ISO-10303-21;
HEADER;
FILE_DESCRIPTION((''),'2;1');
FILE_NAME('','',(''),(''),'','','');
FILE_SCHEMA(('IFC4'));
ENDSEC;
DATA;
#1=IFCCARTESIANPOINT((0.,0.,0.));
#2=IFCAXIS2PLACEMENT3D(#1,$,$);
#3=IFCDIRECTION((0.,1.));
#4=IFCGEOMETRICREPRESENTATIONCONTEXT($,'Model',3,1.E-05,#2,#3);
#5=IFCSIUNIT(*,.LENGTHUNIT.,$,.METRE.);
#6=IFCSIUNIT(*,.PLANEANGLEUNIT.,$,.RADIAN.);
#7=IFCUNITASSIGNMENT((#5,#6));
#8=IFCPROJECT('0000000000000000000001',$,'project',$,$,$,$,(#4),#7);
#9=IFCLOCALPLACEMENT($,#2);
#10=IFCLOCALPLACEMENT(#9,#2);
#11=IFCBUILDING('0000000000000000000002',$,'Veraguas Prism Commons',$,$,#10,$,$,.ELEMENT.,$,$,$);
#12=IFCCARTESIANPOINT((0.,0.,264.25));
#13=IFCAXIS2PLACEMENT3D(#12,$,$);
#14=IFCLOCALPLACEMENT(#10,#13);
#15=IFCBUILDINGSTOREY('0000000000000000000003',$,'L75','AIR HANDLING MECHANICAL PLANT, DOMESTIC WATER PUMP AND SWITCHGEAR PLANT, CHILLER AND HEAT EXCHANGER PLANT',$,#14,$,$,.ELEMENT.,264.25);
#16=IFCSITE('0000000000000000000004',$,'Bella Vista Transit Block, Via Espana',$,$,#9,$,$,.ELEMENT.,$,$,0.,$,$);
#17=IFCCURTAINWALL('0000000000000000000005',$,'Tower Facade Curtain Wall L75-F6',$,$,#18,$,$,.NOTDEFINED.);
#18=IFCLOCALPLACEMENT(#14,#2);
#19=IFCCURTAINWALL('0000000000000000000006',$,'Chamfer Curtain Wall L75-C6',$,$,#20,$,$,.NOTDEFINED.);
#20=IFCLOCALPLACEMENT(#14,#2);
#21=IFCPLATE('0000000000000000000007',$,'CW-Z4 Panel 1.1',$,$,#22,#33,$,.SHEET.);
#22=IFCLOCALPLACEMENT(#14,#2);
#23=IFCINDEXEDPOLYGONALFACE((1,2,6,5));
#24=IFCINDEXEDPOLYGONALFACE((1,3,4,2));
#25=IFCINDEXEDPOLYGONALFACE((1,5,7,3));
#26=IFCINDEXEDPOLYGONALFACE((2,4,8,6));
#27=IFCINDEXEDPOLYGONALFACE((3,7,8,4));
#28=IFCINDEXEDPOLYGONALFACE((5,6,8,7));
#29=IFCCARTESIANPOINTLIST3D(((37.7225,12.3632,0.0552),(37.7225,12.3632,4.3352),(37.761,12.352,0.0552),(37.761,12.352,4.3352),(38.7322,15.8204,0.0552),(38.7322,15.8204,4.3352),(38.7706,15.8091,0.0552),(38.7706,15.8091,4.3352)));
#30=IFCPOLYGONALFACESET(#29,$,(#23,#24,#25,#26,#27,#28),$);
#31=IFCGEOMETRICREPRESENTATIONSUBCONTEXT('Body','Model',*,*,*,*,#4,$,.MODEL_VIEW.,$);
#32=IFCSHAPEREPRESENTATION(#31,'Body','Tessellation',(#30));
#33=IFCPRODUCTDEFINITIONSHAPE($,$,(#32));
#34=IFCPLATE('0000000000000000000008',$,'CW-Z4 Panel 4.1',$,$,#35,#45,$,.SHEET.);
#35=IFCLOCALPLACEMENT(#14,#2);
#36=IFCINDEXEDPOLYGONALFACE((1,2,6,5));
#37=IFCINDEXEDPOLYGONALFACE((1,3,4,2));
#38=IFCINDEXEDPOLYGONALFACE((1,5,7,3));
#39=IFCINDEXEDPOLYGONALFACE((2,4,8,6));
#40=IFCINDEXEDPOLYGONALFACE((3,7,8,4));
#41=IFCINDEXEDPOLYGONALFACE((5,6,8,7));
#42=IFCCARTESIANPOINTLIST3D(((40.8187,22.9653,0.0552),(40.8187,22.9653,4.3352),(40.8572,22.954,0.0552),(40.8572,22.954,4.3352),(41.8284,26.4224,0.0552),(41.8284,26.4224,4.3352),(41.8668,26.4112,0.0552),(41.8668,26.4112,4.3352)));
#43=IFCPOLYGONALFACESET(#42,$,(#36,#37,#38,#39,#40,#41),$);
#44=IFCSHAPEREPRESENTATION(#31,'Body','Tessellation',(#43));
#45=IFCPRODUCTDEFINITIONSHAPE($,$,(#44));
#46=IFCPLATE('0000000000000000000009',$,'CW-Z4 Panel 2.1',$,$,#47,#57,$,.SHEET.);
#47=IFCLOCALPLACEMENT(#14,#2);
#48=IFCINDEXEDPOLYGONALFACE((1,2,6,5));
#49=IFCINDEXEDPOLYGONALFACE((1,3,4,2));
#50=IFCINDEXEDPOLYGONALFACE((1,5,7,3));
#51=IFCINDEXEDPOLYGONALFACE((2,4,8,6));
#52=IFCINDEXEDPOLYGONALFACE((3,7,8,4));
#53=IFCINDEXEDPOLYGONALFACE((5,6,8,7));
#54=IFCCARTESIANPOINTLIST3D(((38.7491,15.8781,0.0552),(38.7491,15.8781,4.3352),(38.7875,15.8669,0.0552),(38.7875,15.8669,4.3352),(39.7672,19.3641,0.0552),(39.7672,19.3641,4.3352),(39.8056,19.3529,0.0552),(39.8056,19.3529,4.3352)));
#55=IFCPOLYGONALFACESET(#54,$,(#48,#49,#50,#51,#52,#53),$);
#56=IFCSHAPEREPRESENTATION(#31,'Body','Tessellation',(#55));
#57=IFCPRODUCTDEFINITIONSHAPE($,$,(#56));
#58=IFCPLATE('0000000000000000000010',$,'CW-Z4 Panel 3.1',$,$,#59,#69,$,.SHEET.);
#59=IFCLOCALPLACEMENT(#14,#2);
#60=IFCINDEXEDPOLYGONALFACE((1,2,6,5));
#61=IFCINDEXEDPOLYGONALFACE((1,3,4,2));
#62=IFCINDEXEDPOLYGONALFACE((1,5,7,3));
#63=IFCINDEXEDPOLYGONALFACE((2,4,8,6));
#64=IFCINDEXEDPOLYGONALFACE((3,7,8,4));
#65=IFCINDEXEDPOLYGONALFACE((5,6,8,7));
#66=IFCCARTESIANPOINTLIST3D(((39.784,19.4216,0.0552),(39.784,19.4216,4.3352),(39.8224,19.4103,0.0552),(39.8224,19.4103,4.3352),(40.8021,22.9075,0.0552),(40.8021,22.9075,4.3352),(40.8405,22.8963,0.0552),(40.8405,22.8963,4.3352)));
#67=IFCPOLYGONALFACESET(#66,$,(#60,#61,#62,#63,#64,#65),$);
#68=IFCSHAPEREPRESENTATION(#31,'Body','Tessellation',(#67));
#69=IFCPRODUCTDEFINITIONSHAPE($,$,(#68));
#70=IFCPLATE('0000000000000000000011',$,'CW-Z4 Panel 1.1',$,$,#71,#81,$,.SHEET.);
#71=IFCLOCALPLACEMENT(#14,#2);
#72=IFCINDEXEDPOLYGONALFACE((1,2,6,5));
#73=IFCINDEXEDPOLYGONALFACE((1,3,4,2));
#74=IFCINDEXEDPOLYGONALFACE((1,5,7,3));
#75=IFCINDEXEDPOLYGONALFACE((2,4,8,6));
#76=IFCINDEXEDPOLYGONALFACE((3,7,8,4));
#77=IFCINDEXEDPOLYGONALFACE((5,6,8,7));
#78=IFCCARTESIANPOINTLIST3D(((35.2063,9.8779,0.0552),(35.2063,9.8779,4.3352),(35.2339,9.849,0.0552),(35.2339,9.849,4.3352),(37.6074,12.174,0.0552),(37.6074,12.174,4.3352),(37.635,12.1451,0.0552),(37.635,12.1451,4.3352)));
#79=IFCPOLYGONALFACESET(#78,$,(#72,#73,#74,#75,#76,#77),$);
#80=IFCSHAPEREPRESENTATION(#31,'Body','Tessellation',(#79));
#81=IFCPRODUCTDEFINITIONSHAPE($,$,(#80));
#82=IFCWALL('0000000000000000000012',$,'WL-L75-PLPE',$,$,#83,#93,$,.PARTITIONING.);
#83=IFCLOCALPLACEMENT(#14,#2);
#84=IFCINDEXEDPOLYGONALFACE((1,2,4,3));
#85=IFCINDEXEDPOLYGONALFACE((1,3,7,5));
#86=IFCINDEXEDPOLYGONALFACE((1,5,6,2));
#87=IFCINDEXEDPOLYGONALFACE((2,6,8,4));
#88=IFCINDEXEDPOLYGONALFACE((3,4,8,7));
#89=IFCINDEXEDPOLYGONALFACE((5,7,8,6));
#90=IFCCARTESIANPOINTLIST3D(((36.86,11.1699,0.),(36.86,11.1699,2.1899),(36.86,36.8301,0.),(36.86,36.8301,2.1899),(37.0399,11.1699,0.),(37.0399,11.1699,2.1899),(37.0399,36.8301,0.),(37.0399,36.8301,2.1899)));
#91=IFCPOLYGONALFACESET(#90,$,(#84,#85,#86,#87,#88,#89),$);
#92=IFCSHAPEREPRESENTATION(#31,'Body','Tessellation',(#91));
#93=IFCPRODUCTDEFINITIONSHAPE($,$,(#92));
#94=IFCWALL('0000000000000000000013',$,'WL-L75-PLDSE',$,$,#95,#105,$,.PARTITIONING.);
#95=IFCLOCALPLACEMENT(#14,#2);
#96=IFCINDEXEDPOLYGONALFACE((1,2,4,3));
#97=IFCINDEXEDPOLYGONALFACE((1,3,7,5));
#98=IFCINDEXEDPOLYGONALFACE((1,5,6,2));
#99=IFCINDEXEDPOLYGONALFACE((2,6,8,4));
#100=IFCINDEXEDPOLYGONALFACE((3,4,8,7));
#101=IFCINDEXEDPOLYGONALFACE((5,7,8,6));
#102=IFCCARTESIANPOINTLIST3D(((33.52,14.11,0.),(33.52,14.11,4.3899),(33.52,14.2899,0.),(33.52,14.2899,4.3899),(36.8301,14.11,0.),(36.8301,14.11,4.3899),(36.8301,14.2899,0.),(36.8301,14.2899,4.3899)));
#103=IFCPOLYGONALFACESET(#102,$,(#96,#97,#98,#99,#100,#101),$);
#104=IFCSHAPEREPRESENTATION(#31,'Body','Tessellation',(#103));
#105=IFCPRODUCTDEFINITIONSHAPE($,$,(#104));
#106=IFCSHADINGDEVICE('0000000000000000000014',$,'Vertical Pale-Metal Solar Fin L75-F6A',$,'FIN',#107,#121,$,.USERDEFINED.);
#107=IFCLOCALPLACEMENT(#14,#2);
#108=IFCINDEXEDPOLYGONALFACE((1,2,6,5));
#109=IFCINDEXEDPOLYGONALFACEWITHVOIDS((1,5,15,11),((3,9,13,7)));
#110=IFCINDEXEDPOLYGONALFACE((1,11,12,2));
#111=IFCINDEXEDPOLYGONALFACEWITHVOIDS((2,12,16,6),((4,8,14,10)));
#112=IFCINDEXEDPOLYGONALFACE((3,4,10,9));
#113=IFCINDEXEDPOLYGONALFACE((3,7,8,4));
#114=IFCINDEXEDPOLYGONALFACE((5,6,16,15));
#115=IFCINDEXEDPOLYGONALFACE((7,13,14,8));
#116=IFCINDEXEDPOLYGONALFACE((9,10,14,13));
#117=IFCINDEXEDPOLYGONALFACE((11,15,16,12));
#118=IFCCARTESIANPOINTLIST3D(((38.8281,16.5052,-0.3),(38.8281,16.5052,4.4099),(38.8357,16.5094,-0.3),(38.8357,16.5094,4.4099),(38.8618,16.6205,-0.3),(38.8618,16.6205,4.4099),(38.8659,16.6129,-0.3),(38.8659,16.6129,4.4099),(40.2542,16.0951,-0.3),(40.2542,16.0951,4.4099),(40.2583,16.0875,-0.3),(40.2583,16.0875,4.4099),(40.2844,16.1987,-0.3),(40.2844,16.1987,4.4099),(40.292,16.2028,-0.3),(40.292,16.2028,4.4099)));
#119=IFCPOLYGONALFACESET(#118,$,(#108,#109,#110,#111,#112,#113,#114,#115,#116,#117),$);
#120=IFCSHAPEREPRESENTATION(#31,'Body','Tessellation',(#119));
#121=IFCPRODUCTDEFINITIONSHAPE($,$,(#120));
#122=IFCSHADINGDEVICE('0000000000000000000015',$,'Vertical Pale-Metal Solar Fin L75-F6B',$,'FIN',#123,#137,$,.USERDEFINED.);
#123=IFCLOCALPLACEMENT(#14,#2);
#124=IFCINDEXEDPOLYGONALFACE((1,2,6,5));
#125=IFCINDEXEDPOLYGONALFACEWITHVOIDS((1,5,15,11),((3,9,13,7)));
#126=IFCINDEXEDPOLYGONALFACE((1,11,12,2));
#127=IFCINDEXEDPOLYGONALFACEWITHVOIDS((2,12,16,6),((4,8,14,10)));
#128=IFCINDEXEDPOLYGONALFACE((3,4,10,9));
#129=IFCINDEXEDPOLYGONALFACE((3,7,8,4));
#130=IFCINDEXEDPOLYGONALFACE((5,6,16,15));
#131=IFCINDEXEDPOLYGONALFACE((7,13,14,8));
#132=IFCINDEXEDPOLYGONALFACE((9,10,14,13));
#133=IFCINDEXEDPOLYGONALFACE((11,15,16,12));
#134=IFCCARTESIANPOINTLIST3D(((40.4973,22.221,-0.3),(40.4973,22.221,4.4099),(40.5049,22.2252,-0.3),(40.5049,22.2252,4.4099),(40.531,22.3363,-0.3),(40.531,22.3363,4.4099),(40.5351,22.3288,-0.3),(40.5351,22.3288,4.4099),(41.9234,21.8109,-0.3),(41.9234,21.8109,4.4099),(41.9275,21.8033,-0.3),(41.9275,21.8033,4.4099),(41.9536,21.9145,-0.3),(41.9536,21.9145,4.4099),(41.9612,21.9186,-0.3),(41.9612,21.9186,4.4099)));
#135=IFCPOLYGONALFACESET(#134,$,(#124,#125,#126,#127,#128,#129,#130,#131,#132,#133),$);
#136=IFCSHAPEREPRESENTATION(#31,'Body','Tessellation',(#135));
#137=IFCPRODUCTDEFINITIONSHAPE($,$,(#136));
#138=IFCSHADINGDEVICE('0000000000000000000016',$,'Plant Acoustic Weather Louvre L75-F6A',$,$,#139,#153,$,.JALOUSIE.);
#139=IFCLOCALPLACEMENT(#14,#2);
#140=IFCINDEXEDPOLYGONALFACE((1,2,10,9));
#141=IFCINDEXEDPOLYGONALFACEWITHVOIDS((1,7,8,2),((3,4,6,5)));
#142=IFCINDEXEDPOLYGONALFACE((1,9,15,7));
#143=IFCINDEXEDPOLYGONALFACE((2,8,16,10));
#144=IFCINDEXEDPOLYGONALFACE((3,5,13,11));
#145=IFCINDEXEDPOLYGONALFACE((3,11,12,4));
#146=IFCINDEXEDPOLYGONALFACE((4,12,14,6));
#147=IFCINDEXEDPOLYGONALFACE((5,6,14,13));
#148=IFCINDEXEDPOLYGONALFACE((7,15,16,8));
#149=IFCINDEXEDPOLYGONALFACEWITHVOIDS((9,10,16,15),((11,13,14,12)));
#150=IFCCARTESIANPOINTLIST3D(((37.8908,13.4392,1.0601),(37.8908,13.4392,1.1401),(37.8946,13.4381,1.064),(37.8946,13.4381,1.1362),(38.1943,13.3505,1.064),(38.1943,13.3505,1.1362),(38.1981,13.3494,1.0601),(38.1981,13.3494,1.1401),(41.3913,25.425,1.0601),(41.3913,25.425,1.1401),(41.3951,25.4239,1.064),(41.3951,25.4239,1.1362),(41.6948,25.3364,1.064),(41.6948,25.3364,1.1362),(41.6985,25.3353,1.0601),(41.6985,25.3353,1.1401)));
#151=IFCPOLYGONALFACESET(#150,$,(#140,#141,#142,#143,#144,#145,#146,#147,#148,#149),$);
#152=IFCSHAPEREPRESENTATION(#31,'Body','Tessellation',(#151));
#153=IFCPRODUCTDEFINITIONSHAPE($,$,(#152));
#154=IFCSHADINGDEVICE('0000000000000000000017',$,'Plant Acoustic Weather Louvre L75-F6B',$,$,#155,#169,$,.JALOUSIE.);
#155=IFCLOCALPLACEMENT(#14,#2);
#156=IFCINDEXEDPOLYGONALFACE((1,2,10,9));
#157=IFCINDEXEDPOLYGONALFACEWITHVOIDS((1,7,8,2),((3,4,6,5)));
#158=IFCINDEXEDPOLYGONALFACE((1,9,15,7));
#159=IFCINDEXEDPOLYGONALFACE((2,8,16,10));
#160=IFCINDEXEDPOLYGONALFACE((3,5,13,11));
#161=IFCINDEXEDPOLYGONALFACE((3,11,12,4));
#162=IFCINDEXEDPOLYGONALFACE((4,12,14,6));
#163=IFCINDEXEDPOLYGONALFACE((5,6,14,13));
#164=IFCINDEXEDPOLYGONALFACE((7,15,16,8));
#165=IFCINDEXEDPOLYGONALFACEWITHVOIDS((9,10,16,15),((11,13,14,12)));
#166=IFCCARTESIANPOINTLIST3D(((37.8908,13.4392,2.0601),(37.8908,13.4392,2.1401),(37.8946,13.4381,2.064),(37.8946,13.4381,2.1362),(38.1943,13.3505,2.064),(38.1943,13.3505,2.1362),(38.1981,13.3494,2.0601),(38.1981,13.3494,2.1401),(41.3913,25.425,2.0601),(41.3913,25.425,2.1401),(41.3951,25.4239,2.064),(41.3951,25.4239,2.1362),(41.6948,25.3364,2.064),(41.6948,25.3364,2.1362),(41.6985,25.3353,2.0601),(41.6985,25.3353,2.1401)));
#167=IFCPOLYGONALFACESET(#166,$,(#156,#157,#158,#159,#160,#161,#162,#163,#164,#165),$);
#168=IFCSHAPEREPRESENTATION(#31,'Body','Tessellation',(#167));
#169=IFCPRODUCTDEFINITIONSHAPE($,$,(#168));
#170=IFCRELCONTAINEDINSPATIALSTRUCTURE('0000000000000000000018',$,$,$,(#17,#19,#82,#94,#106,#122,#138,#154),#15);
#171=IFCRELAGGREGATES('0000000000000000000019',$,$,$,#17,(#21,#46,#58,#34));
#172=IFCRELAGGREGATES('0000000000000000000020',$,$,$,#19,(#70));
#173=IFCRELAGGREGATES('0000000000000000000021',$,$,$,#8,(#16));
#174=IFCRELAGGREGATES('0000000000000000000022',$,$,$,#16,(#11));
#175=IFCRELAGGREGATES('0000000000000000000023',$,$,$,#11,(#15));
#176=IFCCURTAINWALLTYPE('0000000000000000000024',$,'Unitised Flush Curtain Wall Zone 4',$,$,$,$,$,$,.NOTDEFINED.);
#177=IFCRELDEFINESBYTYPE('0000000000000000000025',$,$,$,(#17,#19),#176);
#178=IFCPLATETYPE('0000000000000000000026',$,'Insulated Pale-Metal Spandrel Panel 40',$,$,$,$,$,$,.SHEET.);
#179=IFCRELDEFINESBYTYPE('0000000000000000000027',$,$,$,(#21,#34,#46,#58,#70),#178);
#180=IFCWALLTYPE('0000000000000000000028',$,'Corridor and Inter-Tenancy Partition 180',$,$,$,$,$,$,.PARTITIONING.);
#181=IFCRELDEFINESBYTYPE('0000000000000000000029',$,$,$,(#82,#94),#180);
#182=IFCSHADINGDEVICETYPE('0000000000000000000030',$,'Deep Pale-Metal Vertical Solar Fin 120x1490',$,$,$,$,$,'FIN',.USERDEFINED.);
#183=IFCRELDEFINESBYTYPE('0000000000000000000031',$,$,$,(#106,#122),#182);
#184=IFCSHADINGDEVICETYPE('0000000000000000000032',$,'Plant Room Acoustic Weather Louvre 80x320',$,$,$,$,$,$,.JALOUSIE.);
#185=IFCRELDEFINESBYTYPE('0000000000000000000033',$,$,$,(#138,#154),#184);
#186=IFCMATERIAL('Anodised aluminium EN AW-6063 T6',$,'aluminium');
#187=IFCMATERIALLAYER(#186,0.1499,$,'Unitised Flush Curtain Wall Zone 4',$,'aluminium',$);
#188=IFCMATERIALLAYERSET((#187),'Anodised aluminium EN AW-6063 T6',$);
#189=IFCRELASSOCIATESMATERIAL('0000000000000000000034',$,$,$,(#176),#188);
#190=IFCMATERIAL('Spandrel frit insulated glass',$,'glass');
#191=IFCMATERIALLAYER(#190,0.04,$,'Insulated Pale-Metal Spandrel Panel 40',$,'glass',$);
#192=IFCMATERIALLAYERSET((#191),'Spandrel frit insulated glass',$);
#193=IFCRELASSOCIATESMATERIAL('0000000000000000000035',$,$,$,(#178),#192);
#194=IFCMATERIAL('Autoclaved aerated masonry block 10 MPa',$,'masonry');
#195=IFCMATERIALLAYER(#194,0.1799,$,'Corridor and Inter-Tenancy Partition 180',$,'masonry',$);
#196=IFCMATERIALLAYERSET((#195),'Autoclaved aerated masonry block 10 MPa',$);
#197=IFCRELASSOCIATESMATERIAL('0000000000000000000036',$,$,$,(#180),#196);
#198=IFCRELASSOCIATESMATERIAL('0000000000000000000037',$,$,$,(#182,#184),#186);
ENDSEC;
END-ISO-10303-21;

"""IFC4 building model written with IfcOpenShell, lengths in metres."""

from ifc_helpers import new_model, si_unit, direction, frame, frame_2d, origin, origin_2d, place, context, subcontext, project, spatial, rectangle, hollow_rectangle, extrude, source, transform, mapped, material, layer, layer_set, material_profile, profile_set, type_object, element, aggregate, save


model = new_model("IFC4")

# Units and contexts
model_context = context("Model", 3, precision=1e-05, world=origin(), true_north=direction((0.0, 1.0)))
body_context = subcontext(model_context, "Body", "Model", "MODEL_VIEW")
ifc_project = project(units=[si_unit("LENGTHUNIT", "METRE"), si_unit("PLANEANGLEUNIT", "RADIAN")], contexts=[model_context])

# Site, building, storey
site_placement = place(None, origin())
site = spatial("IfcSite", under=ifc_project, at=site_placement, Name="Bella Vista Transit Block, Via Espana", CompositionType="ELEMENT", RefElevation=0.0)
building_placement = place(site_placement, origin())
building = spatial("IfcBuilding", under=site, at=building_placement, Name="Veraguas Prism Commons", CompositionType="ELEMENT")
storey_placement = place(building_placement, frame((0.0, 0.0, 264.25)))
storey = spatial("IfcBuildingStorey", under=building, at=storey_placement, Name="L75", Description="AIR HANDLING MECHANICAL PLANT, DOMESTIC WATER PUMP AND SWITCHGEAR PLANT, CHILLER AND HEAT EXCHANGER PLANT", CompositionType="ELEMENT", Elevation=264.25)

# Curtain walls
ifc_material_1 = material(Name="Anodised aluminium EN AW-6063 T6", Category="aluminium")
ifc_layer_1 = layer(ifc_material_1, 0.1499, Name="Unitised Flush Curtain Wall Zone 4", Category="aluminium")
ifc_layer_set_1 = layer_set([ifc_layer_1], Name="Anodised aluminium EN AW-6063 T6")
curtain_wall_type = type_object("IfcCurtainWallType", Name="Unitised Flush Curtain Wall Zone 4", PredefinedType="NOTDEFINED", material=ifc_layer_set_1)
curtain_wall_1_placement = place(storey_placement, origin())
curtain_wall_1 = element("IfcCurtainWall", 1, at=curtain_wall_1_placement, inside=storey, type_object=curtain_wall_type, Name="Tower Facade Curtain Wall L75-F6", PredefinedType="NOTDEFINED")
curtain_wall_2_placement = place(storey_placement, origin())
curtain_wall_2 = element("IfcCurtainWall", 2, at=curtain_wall_2_placement, inside=storey, type_object=curtain_wall_type, Name="Chamfer Curtain Wall L75-C6", PredefinedType="NOTDEFINED")

# Plates
ifc_material_2 = material(Name="Spandrel frit insulated glass", Category="glass")
ifc_layer_2 = layer(ifc_material_2, 0.04, Name="Insulated Pale-Metal Spandrel Panel 40", Category="glass")
ifc_layer_set_2 = layer_set([ifc_layer_2], Name="Spandrel frit insulated glass")
plate_type_1 = type_object("IfcPlateType", Name="Insulated Pale-Metal Spandrel Panel 40", PredefinedType="SHEET", material=ifc_layer_set_2)
shared_shape_1 = source(origin(), body_context, "Body", "SweptSolid", [
    extrude(rectangle(XDim=3.6016, YDim=0.04, at=origin_2d()), origin(), (0.0, 0.0, 1.0), 4.28),
])
plate_1_placement = place(storey_placement, frame((38.2466, 14.0862, 0.0552), z_axis=(0.0, 0.0, 1.0), x_axis=(0.280338, 0.959901, 0.0)))
plate_1 = element("IfcPlate", 3, at=plate_1_placement, type_object=plate_type_1, Name="CW-Z4 Panel 1.1", PredefinedType="SHEET", context=body_context, shape_type="MappedRepresentation", body=[
    mapped(shared_shape_1, transform((0.0, 0.0, 0.0), scale=1.0)),
])
plate_2_placement = place(storey_placement, frame((41.3428, 24.6882, 0.0552), z_axis=(0.0, 0.0, 1.0), x_axis=(0.280338, 0.959901, 0.0)))
plate_2 = element("IfcPlate", 4, at=plate_2_placement, type_object=plate_type_1, Name="CW-Z4 Panel 4.1", PredefinedType="SHEET", context=body_context, shape_type="MappedRepresentation", body=[
    mapped(shared_shape_1, transform((0.0, 0.0, 0.0), scale=1.0)),
])
shared_shape_2 = source(origin(), body_context, "Body", "SweptSolid", [
    extrude(rectangle(XDim=3.6316, YDim=0.04, at=origin_2d()), origin(), (0.0, 0.0, 1.0), 4.28),
])
plate_3_placement = place(storey_placement, frame((39.2773, 17.6155, 0.0552), z_axis=(0.0, 0.0, 1.0), x_axis=(0.280338, 0.959901, 0.0)))
plate_3 = element("IfcPlate", 5, at=plate_3_placement, type_object=plate_type_1, Name="CW-Z4 Panel 2.1", PredefinedType="SHEET", context=body_context, shape_type="MappedRepresentation", body=[
    mapped(shared_shape_2, transform((0.0, 0.0, 0.0), scale=1.0)),
])
plate_4_placement = place(storey_placement, frame((40.3123, 21.1589, 0.0552), z_axis=(0.0, 0.0, 1.0), x_axis=(0.280338, 0.959901, 0.0)))
plate_4 = element("IfcPlate", 6, at=plate_4_placement, type_object=plate_type_1, Name="CW-Z4 Panel 3.1", PredefinedType="SHEET", context=body_context, shape_type="MappedRepresentation", body=[
    mapped(shared_shape_2, transform((0.0, 0.0, 0.0), scale=1.0)),
])
aggregate(curtain_wall_1, [plate_1, plate_3, plate_4, plate_2])
shared_shape_3 = source(origin(), body_context, "Body", "SweptSolid", [
    extrude(rectangle(XDim=3.3223, YDim=0.04, at=origin_2d()), origin(), (0.0, 0.0, 1.0), 4.28),
])
plate_5_placement = place(storey_placement, frame((36.4207, 11.0115, 0.0552), z_axis=(0.0, 0.0, 1.0), x_axis=(0.722733, 0.691127, 0.0)))
plate_5 = element("IfcPlate", 7, at=plate_5_placement, type_object=plate_type_1, Name="CW-Z4 Panel 1.1", PredefinedType="SHEET", context=body_context, shape_type="MappedRepresentation", body=[
    mapped(shared_shape_3, transform((0.0, 0.0, 0.0), scale=1.0)),
])
aggregate(curtain_wall_2, [plate_5])

# Walls
ifc_material_3 = material(Name="Autoclaved aerated masonry block 10 MPa", Category="masonry")
ifc_layer_3 = layer(ifc_material_3, 0.1799, Name="Corridor and Inter-Tenancy Partition 180", Category="masonry")
ifc_layer_set_3 = layer_set([ifc_layer_3], Name="Autoclaved aerated masonry block 10 MPa")
wall_type = type_object("IfcWallType", Name="Corridor and Inter-Tenancy Partition 180", PredefinedType="PARTITIONING", material=ifc_layer_set_3)
wall_1_placement = place(storey_placement, frame((36.95, 11.1699, 0.0), z_axis=(0.0, 0.0, 1.0), x_axis=(0.0, 1.0, 0.0)))
element("IfcWall", 8, at=wall_1_placement, inside=storey, type_object=wall_type, Name="WL-L75-PLPE", PredefinedType="PARTITIONING", context=body_context, shape_type="SweptSolid", body=[
    extrude(rectangle(XDim=25.6602, YDim=0.1799, at=frame_2d((12.8301, 0.0))), origin(), (0.0, 0.0, 1.0), 2.1899),
])
wall_2_placement = place(storey_placement, frame((33.52, 14.2, 0.0), z_axis=(0.0, 0.0, 1.0), x_axis=(1.0, 0.0, 0.0)))
element("IfcWall", 9, at=wall_2_placement, inside=storey, type_object=wall_type, Name="WL-L75-PLDSE", PredefinedType="PARTITIONING", context=body_context, shape_type="SweptSolid", body=[
    extrude(rectangle(XDim=3.3101, YDim=0.1799, at=frame_2d((1.655, 0.0))), origin(), (0.0, 0.0, 1.0), 4.3899),
])

# Shading devices
ifc_material_profile_1 = material_profile(ifc_material_1, hollow_rectangle(XDim=0.1201, YDim=1.49, WallThickness=0.0061, at=origin_2d()), Name="FIN120X1490X6")
ifc_profile_set_1 = profile_set([ifc_material_profile_1], Name="Anodised aluminium EN AW-6063 T6")
shading_device_type_1 = type_object("IfcShadingDeviceType", Name="Deep Pale-Metal Vertical Solar Fin 120x1490", ElementType="FIN", PredefinedType="USERDEFINED", material=ifc_profile_set_1)
for number, where, z_axis, x_axis, name in (
    (10, (39.5601, 16.354, -0.3), (0.0, 0.0, 1.0), (0.280337, 0.959902, 0.0), "Vertical Pale-Metal Solar Fin L75-F6A"),
    (11, (41.2292, 22.0698, -0.3), (0.0, 0.0, 1.0), (0.280337, 0.959902, 0.0), "Vertical Pale-Metal Solar Fin L75-F6B"),
):
    element("IfcShadingDevice", number, at=place(storey_placement, frame(where, z_axis=z_axis, x_axis=x_axis)), inside=storey, type_object=shading_device_type_1, Name=name, ObjectType="FIN", PredefinedType="USERDEFINED", context=body_context, shape_type="SweptSolid", body=[
        extrude(hollow_rectangle(XDim=0.1201, YDim=1.49, WallThickness=0.0061, at=origin_2d()), origin(), (0.0, 0.0, 1.0), 4.71),
    ])
ifc_material_profile_2 = material_profile(ifc_material_1, hollow_rectangle(XDim=0.0801, YDim=0.3201, WallThickness=0.0039, at=origin_2d()), Name="LVR80X320X4")
ifc_profile_set_2 = profile_set([ifc_material_profile_2], Name="Anodised aluminium EN AW-6063 T6")
shading_device_type_2 = type_object("IfcShadingDeviceType", Name="Plant Room Acoustic Weather Louvre 80x320", PredefinedType="JALOUSIE", material=ifc_profile_set_2)
for number, where, z_axis, x_axis, name in (
    (12, (38.0444, 13.3943, 1.1001), (0.280341, 0.959901, 0.0), (0.0, 0.0, 1.0), "Plant Acoustic Weather Louvre L75-F6A"),
    (13, (38.0444, 13.3943, 2.1001), (0.280341, 0.959901, 0.0), (0.0, 0.0, 1.0), "Plant Acoustic Weather Louvre L75-F6B"),
):
    element("IfcShadingDevice", number, at=place(storey_placement, frame(where, z_axis=z_axis, x_axis=x_axis)), inside=storey, type_object=shading_device_type_2, Name=name, PredefinedType="JALOUSIE", context=body_context, shape_type="SweptSolid", body=[
        extrude(hollow_rectangle(XDim=0.0801, YDim=0.3201, WallThickness=0.0039, at=origin_2d()), origin(), (0.0, 0.0, 1.0), 12.4866),
    ])

save(model, "model.ifc")
